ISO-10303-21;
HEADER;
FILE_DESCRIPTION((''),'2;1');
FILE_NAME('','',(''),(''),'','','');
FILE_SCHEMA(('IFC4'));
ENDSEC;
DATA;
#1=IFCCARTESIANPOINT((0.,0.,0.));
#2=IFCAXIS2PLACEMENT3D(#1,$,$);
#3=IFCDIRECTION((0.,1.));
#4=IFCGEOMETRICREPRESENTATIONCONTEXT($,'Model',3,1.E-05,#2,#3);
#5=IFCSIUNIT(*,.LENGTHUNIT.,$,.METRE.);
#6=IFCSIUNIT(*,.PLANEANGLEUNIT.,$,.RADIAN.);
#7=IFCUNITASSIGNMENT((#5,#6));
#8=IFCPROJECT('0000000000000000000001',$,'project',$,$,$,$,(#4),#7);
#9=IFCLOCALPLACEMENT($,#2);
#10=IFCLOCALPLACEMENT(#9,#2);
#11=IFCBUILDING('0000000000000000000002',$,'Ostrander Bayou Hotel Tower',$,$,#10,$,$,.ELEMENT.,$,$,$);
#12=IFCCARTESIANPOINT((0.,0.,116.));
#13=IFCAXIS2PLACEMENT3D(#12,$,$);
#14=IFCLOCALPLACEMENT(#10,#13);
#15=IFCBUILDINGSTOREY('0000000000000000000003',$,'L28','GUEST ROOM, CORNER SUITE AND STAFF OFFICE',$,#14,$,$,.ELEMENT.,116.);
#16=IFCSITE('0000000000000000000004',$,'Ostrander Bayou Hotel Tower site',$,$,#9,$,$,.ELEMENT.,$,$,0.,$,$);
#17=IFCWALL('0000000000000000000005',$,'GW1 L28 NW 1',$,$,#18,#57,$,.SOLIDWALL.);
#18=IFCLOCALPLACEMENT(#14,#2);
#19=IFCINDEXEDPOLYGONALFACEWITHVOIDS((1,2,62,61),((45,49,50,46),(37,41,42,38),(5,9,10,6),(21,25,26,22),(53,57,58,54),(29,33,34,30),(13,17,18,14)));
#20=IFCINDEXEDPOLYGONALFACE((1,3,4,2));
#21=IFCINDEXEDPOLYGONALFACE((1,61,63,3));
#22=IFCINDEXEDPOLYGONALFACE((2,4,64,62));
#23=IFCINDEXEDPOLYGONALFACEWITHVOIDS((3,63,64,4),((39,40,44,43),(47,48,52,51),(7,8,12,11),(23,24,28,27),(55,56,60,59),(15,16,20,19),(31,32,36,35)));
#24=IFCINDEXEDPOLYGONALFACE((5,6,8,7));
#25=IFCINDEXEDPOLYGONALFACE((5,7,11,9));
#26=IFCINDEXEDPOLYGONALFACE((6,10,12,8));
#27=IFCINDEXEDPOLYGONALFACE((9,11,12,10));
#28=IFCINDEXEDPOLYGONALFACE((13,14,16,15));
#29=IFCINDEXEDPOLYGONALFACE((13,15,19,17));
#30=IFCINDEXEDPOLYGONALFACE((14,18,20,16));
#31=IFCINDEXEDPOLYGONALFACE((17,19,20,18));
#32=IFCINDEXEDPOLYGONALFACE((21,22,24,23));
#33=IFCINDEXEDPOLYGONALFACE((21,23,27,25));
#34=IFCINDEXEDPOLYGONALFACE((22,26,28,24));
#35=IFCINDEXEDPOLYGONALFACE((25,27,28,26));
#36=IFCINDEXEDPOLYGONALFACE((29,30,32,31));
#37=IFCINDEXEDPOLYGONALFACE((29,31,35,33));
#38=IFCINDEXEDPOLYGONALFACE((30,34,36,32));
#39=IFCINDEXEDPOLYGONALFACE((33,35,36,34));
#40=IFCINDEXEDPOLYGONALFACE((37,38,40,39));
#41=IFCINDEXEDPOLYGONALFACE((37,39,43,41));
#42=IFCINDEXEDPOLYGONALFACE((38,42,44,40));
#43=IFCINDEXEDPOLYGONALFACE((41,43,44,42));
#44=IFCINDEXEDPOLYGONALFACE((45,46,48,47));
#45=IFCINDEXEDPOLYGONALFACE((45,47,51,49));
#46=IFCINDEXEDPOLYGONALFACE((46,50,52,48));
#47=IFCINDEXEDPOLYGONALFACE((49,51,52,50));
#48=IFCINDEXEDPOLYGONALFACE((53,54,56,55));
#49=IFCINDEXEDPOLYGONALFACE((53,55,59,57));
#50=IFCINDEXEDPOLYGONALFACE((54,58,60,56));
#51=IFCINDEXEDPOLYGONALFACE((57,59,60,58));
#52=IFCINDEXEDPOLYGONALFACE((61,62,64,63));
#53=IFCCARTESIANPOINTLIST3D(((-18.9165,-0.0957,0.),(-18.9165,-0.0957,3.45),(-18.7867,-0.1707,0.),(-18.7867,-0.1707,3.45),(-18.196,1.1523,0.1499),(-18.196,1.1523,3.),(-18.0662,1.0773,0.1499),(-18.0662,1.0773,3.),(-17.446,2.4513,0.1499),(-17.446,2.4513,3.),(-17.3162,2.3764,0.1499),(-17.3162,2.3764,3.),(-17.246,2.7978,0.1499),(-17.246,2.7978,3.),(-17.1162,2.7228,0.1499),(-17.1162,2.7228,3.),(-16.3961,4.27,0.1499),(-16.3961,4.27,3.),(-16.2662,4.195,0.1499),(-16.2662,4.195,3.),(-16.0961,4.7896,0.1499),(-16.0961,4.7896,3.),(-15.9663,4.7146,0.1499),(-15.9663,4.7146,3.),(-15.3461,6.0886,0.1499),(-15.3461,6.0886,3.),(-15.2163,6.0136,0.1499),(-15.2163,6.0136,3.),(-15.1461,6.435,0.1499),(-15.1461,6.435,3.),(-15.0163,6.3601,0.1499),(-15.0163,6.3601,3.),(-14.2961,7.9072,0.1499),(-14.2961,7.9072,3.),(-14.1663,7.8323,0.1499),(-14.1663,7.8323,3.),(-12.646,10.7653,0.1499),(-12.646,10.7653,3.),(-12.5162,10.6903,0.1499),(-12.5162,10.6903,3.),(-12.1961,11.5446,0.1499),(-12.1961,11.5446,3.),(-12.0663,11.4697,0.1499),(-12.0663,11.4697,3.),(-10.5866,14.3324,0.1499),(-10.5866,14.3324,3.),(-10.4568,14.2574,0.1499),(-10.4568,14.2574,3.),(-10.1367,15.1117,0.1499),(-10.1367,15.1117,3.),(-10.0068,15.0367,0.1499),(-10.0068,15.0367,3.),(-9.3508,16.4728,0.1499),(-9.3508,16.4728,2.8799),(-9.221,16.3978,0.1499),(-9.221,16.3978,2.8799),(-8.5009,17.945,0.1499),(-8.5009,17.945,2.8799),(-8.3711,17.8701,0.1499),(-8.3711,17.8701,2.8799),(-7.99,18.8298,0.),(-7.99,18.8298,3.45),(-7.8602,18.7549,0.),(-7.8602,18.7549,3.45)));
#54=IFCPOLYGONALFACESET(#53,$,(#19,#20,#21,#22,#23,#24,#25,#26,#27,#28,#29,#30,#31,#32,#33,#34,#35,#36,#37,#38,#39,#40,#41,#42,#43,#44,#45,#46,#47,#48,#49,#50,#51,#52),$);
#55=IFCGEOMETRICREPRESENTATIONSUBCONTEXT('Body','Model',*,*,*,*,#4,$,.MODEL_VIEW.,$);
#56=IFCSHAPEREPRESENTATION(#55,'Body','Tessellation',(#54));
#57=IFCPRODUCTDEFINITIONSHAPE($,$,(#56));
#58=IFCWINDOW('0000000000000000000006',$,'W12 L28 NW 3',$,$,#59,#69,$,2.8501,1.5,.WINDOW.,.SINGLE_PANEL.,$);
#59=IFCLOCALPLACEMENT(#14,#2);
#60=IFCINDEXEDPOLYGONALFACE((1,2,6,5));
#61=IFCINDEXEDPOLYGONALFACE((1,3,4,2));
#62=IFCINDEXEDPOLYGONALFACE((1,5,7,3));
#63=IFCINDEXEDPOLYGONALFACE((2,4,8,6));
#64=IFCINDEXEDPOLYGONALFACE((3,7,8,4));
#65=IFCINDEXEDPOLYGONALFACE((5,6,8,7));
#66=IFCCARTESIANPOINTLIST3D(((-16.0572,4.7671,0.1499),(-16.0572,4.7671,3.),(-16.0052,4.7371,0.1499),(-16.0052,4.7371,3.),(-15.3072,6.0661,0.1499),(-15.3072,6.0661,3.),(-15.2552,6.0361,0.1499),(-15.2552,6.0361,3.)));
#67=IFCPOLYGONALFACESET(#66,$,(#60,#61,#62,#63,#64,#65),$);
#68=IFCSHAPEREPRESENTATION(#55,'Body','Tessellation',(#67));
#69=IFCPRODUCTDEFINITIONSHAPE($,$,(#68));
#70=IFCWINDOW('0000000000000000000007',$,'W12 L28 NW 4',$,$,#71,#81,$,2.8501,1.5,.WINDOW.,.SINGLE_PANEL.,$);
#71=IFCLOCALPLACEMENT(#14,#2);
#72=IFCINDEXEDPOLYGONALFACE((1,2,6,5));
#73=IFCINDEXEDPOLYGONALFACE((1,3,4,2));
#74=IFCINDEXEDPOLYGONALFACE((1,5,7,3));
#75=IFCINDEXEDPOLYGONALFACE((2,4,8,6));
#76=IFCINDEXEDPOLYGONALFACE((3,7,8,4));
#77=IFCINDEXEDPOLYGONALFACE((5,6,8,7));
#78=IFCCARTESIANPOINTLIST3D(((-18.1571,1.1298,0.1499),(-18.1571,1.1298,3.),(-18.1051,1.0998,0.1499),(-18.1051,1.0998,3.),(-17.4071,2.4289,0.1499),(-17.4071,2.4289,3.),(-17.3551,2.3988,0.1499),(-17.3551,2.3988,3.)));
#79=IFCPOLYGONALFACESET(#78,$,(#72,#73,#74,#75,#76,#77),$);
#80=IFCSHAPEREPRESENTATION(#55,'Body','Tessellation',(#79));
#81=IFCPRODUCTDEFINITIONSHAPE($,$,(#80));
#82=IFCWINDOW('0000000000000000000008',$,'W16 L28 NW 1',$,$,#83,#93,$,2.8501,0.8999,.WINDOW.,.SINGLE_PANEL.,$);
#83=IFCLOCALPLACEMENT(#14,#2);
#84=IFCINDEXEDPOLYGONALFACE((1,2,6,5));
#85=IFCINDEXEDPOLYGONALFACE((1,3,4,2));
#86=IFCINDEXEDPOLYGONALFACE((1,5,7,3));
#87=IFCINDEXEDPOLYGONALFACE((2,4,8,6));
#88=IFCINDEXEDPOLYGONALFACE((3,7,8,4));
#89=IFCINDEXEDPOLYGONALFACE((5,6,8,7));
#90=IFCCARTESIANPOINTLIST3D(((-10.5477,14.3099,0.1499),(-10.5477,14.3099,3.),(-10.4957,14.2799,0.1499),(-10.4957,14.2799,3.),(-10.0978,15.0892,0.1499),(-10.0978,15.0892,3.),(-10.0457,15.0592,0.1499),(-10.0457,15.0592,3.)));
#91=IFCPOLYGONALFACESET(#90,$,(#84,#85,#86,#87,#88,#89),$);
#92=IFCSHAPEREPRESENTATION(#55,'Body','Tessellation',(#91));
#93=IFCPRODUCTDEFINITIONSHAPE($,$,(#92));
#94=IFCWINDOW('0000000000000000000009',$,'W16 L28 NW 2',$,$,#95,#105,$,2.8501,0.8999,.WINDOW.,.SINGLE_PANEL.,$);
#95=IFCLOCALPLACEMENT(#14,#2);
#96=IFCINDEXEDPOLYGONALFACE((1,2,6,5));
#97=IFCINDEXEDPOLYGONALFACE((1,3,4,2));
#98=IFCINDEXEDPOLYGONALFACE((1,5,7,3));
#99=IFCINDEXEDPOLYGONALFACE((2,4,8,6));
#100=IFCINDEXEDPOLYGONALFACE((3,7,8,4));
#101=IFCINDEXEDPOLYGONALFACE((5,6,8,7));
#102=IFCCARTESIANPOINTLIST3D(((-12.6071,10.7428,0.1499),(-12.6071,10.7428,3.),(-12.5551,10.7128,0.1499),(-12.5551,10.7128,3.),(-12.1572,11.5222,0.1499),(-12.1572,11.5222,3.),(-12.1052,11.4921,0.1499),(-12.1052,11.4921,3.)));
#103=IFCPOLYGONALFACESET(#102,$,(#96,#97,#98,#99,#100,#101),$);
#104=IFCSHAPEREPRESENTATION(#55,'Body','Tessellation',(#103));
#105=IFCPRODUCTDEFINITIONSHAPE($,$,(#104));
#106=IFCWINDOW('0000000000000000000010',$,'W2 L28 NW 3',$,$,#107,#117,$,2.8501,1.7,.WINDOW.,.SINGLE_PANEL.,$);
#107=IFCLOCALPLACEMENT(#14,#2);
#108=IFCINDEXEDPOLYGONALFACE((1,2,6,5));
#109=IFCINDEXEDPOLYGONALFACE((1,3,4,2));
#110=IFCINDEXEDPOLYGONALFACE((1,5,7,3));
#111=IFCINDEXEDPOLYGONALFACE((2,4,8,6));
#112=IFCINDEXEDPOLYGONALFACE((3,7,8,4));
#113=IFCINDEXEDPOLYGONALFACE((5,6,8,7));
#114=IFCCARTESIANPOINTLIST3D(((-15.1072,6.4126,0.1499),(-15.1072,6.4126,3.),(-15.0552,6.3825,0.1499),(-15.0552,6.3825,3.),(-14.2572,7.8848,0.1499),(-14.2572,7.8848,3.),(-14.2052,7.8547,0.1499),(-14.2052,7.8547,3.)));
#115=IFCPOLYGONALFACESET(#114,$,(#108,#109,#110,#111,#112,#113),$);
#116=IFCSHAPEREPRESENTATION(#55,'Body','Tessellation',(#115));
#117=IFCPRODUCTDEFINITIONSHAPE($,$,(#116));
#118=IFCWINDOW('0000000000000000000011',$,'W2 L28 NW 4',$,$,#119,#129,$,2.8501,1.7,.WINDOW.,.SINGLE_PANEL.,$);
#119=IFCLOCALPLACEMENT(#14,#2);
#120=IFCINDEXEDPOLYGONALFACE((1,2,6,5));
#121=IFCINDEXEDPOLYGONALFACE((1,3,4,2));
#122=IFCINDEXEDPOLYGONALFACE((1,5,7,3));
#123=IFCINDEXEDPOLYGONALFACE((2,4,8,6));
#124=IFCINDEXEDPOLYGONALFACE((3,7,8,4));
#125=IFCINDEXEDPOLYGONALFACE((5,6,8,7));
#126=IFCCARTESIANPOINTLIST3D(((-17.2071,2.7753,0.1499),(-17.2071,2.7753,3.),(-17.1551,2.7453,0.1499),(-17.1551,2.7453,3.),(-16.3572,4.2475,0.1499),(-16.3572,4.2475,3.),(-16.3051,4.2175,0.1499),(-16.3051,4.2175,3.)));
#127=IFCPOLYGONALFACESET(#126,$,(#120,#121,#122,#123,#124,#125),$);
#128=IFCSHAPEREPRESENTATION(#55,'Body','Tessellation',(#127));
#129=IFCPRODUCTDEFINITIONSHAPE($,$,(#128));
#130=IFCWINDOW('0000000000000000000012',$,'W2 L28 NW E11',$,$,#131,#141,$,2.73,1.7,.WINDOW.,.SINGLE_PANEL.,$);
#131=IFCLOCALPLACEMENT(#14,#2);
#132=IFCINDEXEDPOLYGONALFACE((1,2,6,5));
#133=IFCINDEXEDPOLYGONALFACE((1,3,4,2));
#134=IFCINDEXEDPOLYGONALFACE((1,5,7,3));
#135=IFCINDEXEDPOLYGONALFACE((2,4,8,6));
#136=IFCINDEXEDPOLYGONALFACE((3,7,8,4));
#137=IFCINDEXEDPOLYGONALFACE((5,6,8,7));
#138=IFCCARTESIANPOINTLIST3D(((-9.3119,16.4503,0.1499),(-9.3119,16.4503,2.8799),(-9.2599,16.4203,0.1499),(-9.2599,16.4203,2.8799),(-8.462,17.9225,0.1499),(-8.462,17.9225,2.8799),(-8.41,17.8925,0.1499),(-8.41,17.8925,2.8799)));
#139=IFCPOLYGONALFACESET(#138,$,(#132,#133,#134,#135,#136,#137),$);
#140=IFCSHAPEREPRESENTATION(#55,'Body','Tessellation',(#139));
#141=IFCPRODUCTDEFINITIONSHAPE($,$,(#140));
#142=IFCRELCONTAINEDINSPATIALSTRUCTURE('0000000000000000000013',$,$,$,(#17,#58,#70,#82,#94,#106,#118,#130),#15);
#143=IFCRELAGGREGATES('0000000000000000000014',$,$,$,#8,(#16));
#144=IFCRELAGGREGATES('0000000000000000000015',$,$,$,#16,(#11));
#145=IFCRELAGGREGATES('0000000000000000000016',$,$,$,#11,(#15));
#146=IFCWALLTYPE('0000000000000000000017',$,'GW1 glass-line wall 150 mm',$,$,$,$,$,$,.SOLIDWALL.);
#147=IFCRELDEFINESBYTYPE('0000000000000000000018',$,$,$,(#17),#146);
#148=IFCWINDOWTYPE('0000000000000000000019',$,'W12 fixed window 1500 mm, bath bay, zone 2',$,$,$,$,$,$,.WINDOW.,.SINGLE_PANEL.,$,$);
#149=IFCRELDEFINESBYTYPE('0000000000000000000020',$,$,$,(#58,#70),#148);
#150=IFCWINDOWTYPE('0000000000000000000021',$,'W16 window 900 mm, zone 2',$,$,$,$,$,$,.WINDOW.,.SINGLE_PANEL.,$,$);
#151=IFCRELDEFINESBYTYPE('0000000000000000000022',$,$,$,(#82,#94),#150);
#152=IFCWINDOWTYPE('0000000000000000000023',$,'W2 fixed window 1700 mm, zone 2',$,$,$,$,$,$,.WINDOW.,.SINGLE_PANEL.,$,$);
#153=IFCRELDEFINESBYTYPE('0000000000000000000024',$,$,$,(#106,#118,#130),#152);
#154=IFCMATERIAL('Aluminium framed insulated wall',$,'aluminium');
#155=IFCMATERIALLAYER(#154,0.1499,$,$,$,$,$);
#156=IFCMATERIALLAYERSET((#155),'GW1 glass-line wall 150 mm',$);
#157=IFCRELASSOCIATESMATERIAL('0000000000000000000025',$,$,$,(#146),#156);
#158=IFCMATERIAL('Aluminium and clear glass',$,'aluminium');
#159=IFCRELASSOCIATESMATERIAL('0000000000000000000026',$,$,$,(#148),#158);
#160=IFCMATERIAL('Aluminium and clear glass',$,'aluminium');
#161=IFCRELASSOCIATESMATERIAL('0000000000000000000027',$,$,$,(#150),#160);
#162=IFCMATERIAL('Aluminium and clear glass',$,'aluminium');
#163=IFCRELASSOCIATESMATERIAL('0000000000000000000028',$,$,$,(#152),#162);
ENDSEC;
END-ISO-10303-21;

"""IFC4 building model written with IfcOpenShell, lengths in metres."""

from ifc_helpers import new_model, si_unit, direction, frame, frame_2d, origin, place, context, subcontext, project, spatial, rectangle, extrude, material, layer, layer_set, type_object, element, fill, save


model = new_model("IFC4")

# Units and contexts
model_context = context("Model", 3, precision=1e-05, world=origin(), true_north=direction((0.0, 1.0)))
body_context = subcontext(model_context, "Body", "Model", "MODEL_VIEW")
ifc_project = project(units=[si_unit("LENGTHUNIT", "METRE"), si_unit("PLANEANGLEUNIT", "RADIAN")], contexts=[model_context])

# Site, building, storey
site_placement = place(None, origin())
site = spatial("IfcSite", under=ifc_project, at=site_placement, Name="Ostrander Bayou Hotel Tower site", CompositionType="ELEMENT", RefElevation=0.0)
building_placement = place(site_placement, origin())
building = spatial("IfcBuilding", under=site, at=building_placement, Name="Ostrander Bayou Hotel Tower", CompositionType="ELEMENT")
storey_placement = place(building_placement, frame((0.0, 0.0, 116.0)))
storey = spatial("IfcBuildingStorey", under=building, at=storey_placement, Name="L28", Description="GUEST ROOM, CORNER SUITE AND STAFF OFFICE", CompositionType="ELEMENT", Elevation=116.0)

# Wall, openings, windows
ifc_material_1 = material(Name="Aluminium framed insulated wall", Category="aluminium")
ifc_layer_1 = layer(ifc_material_1, 0.1499)
ifc_layer_set_1 = layer_set([ifc_layer_1], Name="GW1 glass-line wall 150 mm")
wall_type_1 = type_object("IfcWallType", Name="GW1 glass-line wall 150 mm", PredefinedType="SOLIDWALL", material=ifc_layer_set_1)
wall_1_placement = place(storey_placement, frame((-7.925, 18.7925, 0.0), z_axis=(0.0, 0.0, 1.0), x_axis=(-0.499995, -0.866028, 0.0)))
wall_1 = element("IfcWall", 1, at=wall_1_placement, inside=storey, type_object=wall_type_1, Name="GW1 L28 NW 1", PredefinedType="SOLIDWALL", context=body_context, shape_type="SweptSolid", body=[
    extrude(rectangle(XDim=21.8533, YDim=0.1499, at=frame_2d((10.9268, 0.0))), origin(), (0.0, 0.0, 1.0), 3.45),
])
opening_1_placement = place(wall_1_placement, frame((4.2935, 0.0, 0.1499)))
opening_1 = element("IfcOpeningElement", 2, at=opening_1_placement, cuts=wall_1, PredefinedType="OPENING", context=body_context, shape_type="SweptSolid", body=[
    extrude(rectangle(XDim=0.8999, YDim=2.8501, at=frame_2d((0.45, 1.425))), frame((0.0, 0.075, 0.0), z_axis=(0.0, -1.0, 0.0), x_axis=(1.0, 0.0, 0.0)), (0.0, 0.0, 1.0), 0.1499),
])
opening_2_placement = place(wall_1_placement, frame((8.4124, 0.0, 0.1499)))
opening_2 = element("IfcOpeningElement", 3, at=opening_2_placement, cuts=wall_1, PredefinedType="OPENING", context=body_context, shape_type="SweptSolid", body=[
    extrude(rectangle(XDim=0.8999, YDim=2.8501, at=frame_2d((0.45, 1.425))), frame((0.0, 0.075, 0.0), z_axis=(0.0, -1.0, 0.0), x_axis=(1.0, 0.0, 0.0)), (0.0, 0.0, 1.0), 0.1499),
])
opening_3_placement = place(wall_1_placement, frame((12.6123, 0.0, 0.1499)))
opening_3 = element("IfcOpeningElement", 4, at=opening_3_placement, cuts=wall_1, PredefinedType="OPENING", context=body_context, shape_type="SweptSolid", body=[
    extrude(rectangle(XDim=1.7, YDim=2.8501, at=frame_2d((0.8501, 1.425))), frame((0.0, 0.075, 0.0), z_axis=(0.0, -1.0, 0.0), x_axis=(1.0, 0.0, 0.0)), (0.0, 0.0, 1.0), 0.1499),
])
opening_4_placement = place(wall_1_placement, frame((14.7124, 0.0, 0.1499)))
opening_4 = element("IfcOpeningElement", 5, at=opening_4_placement, cuts=wall_1, PredefinedType="OPENING", context=body_context, shape_type="SweptSolid", body=[
    extrude(rectangle(XDim=1.5, YDim=2.8501, at=frame_2d((0.75, 1.425))), frame((0.0, 0.075, 0.0), z_axis=(0.0, -1.0, 0.0), x_axis=(1.0, 0.0, 0.0)), (0.0, 0.0, 1.0), 0.1499),
])
opening_5_placement = place(wall_1_placement, frame((16.8123, 0.0, 0.1499)))
opening_5 = element("IfcOpeningElement", 6, at=opening_5_placement, cuts=wall_1, PredefinedType="OPENING", context=body_context, shape_type="SweptSolid", body=[
    extrude(rectangle(XDim=1.7, YDim=2.8501, at=frame_2d((0.8501, 1.425))), frame((0.0, 0.075, 0.0), z_axis=(0.0, -1.0, 0.0), x_axis=(1.0, 0.0, 0.0)), (0.0, 0.0, 1.0), 0.1499),
])
opening_6_placement = place(wall_1_placement, frame((18.9124, 0.0, 0.1499)))
opening_6 = element("IfcOpeningElement", 7, at=opening_6_placement, cuts=wall_1, PredefinedType="OPENING", context=body_context, shape_type="SweptSolid", body=[
    extrude(rectangle(XDim=1.5, YDim=2.8501, at=frame_2d((0.75, 1.425))), frame((0.0, 0.075, 0.0), z_axis=(0.0, -1.0, 0.0), x_axis=(1.0, 0.0, 0.0)), (0.0, 0.0, 1.0), 0.1499),
])
opening_7_placement = place(wall_1_placement, frame((1.0217, 0.0, 0.1499)))
opening_7 = element("IfcOpeningElement", 8, at=opening_7_placement, cuts=wall_1, PredefinedType="OPENING", context=body_context, shape_type="SweptSolid", body=[
    extrude(rectangle(XDim=1.7, YDim=2.73, at=frame_2d((0.8501, 1.365))), frame((0.0, 0.075, 0.0), z_axis=(0.0, -1.0, 0.0), x_axis=(1.0, 0.0, 0.0)), (0.0, 0.0, 1.0), 0.1499),
])
ifc_material_2 = material(Name="Aluminium and clear glass", Category="aluminium")
window_type_1 = type_object("IfcWindowType", Name="W12 fixed window 1500 mm, bath bay, zone 2", PartitioningType="SINGLE_PANEL", PredefinedType="WINDOW", material=ifc_material_2)
window_1_placement = place(opening_4_placement, origin())
window_1 = element("IfcWindow", 9, at=window_1_placement, inside=storey, type_object=window_type_1, Name="W12 L28 NW 3", OverallHeight=2.8501, OverallWidth=1.5, PartitioningType="SINGLE_PANEL", PredefinedType="WINDOW", context=body_context, shape_type="SweptSolid", body=[
    extrude(rectangle(XDim=1.5, YDim=2.8501, at=frame_2d((0.75, 1.425))), frame((0.0, 0.03, 0.0), z_axis=(0.0, -1.0, 0.0), x_axis=(1.0, 0.0, 0.0)), (0.0, 0.0, 1.0), 0.0601),
])
fill(opening_4, window_1)
window_2_placement = place(opening_6_placement, origin())
window_2 = element("IfcWindow", 10, at=window_2_placement, inside=storey, type_object=window_type_1, Name="W12 L28 NW 4", OverallHeight=2.8501, OverallWidth=1.5, PartitioningType="SINGLE_PANEL", PredefinedType="WINDOW", context=body_context, shape_type="SweptSolid", body=[
    extrude(rectangle(XDim=1.5, YDim=2.8501, at=frame_2d((0.75, 1.425))), frame((0.0, 0.03, 0.0), z_axis=(0.0, -1.0, 0.0), x_axis=(1.0, 0.0, 0.0)), (0.0, 0.0, 1.0), 0.0601),
])
fill(opening_6, window_2)
ifc_material_3 = material(Name="Aluminium and clear glass", Category="aluminium")
window_type_2 = type_object("IfcWindowType", Name="W16 window 900 mm, zone 2", PartitioningType="SINGLE_PANEL", PredefinedType="WINDOW", material=ifc_material_3)
window_3_placement = place(opening_1_placement, origin())
window_3 = element("IfcWindow", 11, at=window_3_placement, inside=storey, type_object=window_type_2, Name="W16 L28 NW 1", OverallHeight=2.8501, OverallWidth=0.8999, PartitioningType="SINGLE_PANEL", PredefinedType="WINDOW", context=body_context, shape_type="SweptSolid", body=[
    extrude(rectangle(XDim=0.8999, YDim=2.8501, at=frame_2d((0.45, 1.425))), frame((0.0, 0.03, 0.0), z_axis=(0.0, -1.0, 0.0), x_axis=(1.0, 0.0, 0.0)), (0.0, 0.0, 1.0), 0.0601),
])
fill(opening_1, window_3)
window_4_placement = place(opening_2_placement, origin())
window_4 = element("IfcWindow", 12, at=window_4_placement, inside=storey, type_object=window_type_2, Name="W16 L28 NW 2", OverallHeight=2.8501, OverallWidth=0.8999, PartitioningType="SINGLE_PANEL", PredefinedType="WINDOW", context=body_context, shape_type="SweptSolid", body=[
    extrude(rectangle(XDim=0.8999, YDim=2.8501, at=frame_2d((0.45, 1.425))), frame((0.0, 0.03, 0.0), z_axis=(0.0, -1.0, 0.0), x_axis=(1.0, 0.0, 0.0)), (0.0, 0.0, 1.0), 0.0601),
])
fill(opening_2, window_4)
ifc_material_4 = material(Name="Aluminium and clear glass", Category="aluminium")
window_type_3 = type_object("IfcWindowType", Name="W2 fixed window 1700 mm, zone 2", PartitioningType="SINGLE_PANEL", PredefinedType="WINDOW", material=ifc_material_4)
window_5_placement = place(opening_3_placement, origin())
window_5 = element("IfcWindow", 13, at=window_5_placement, inside=storey, type_object=window_type_3, Name="W2 L28 NW 3", OverallHeight=2.8501, OverallWidth=1.7, PartitioningType="SINGLE_PANEL", PredefinedType="WINDOW", context=body_context, shape_type="SweptSolid", body=[
    extrude(rectangle(XDim=1.7, YDim=2.8501, at=frame_2d((0.8501, 1.425))), frame((0.0, 0.03, 0.0), z_axis=(0.0, -1.0, 0.0), x_axis=(1.0, 0.0, 0.0)), (0.0, 0.0, 1.0), 0.0601),
])
fill(opening_3, window_5)
window_6_placement = place(opening_5_placement, origin())
window_6 = element("IfcWindow", 14, at=window_6_placement, inside=storey, type_object=window_type_3, Name="W2 L28 NW 4", OverallHeight=2.8501, OverallWidth=1.7, PartitioningType="SINGLE_PANEL", PredefinedType="WINDOW", context=body_context, shape_type="SweptSolid", body=[
    extrude(rectangle(XDim=1.7, YDim=2.8501, at=frame_2d((0.8501, 1.425))), frame((0.0, 0.03, 0.0), z_axis=(0.0, -1.0, 0.0), x_axis=(1.0, 0.0, 0.0)), (0.0, 0.0, 1.0), 0.0601),
])
fill(opening_5, window_6)
window_7_placement = place(opening_7_placement, origin())
window_7 = element("IfcWindow", 15, at=window_7_placement, inside=storey, type_object=window_type_3, Name="W2 L28 NW E11", OverallHeight=2.73, OverallWidth=1.7, PartitioningType="SINGLE_PANEL", PredefinedType="WINDOW", context=body_context, shape_type="SweptSolid", body=[
    extrude(rectangle(XDim=1.7, YDim=2.73, at=frame_2d((0.8501, 1.365))), frame((0.0, 0.03, 0.0), z_axis=(0.0, -1.0, 0.0), x_axis=(1.0, 0.0, 0.0)), (0.0, 0.0, 1.0), 0.0601),
])
fill(opening_7, window_7)

save(model, "model.ifc")
